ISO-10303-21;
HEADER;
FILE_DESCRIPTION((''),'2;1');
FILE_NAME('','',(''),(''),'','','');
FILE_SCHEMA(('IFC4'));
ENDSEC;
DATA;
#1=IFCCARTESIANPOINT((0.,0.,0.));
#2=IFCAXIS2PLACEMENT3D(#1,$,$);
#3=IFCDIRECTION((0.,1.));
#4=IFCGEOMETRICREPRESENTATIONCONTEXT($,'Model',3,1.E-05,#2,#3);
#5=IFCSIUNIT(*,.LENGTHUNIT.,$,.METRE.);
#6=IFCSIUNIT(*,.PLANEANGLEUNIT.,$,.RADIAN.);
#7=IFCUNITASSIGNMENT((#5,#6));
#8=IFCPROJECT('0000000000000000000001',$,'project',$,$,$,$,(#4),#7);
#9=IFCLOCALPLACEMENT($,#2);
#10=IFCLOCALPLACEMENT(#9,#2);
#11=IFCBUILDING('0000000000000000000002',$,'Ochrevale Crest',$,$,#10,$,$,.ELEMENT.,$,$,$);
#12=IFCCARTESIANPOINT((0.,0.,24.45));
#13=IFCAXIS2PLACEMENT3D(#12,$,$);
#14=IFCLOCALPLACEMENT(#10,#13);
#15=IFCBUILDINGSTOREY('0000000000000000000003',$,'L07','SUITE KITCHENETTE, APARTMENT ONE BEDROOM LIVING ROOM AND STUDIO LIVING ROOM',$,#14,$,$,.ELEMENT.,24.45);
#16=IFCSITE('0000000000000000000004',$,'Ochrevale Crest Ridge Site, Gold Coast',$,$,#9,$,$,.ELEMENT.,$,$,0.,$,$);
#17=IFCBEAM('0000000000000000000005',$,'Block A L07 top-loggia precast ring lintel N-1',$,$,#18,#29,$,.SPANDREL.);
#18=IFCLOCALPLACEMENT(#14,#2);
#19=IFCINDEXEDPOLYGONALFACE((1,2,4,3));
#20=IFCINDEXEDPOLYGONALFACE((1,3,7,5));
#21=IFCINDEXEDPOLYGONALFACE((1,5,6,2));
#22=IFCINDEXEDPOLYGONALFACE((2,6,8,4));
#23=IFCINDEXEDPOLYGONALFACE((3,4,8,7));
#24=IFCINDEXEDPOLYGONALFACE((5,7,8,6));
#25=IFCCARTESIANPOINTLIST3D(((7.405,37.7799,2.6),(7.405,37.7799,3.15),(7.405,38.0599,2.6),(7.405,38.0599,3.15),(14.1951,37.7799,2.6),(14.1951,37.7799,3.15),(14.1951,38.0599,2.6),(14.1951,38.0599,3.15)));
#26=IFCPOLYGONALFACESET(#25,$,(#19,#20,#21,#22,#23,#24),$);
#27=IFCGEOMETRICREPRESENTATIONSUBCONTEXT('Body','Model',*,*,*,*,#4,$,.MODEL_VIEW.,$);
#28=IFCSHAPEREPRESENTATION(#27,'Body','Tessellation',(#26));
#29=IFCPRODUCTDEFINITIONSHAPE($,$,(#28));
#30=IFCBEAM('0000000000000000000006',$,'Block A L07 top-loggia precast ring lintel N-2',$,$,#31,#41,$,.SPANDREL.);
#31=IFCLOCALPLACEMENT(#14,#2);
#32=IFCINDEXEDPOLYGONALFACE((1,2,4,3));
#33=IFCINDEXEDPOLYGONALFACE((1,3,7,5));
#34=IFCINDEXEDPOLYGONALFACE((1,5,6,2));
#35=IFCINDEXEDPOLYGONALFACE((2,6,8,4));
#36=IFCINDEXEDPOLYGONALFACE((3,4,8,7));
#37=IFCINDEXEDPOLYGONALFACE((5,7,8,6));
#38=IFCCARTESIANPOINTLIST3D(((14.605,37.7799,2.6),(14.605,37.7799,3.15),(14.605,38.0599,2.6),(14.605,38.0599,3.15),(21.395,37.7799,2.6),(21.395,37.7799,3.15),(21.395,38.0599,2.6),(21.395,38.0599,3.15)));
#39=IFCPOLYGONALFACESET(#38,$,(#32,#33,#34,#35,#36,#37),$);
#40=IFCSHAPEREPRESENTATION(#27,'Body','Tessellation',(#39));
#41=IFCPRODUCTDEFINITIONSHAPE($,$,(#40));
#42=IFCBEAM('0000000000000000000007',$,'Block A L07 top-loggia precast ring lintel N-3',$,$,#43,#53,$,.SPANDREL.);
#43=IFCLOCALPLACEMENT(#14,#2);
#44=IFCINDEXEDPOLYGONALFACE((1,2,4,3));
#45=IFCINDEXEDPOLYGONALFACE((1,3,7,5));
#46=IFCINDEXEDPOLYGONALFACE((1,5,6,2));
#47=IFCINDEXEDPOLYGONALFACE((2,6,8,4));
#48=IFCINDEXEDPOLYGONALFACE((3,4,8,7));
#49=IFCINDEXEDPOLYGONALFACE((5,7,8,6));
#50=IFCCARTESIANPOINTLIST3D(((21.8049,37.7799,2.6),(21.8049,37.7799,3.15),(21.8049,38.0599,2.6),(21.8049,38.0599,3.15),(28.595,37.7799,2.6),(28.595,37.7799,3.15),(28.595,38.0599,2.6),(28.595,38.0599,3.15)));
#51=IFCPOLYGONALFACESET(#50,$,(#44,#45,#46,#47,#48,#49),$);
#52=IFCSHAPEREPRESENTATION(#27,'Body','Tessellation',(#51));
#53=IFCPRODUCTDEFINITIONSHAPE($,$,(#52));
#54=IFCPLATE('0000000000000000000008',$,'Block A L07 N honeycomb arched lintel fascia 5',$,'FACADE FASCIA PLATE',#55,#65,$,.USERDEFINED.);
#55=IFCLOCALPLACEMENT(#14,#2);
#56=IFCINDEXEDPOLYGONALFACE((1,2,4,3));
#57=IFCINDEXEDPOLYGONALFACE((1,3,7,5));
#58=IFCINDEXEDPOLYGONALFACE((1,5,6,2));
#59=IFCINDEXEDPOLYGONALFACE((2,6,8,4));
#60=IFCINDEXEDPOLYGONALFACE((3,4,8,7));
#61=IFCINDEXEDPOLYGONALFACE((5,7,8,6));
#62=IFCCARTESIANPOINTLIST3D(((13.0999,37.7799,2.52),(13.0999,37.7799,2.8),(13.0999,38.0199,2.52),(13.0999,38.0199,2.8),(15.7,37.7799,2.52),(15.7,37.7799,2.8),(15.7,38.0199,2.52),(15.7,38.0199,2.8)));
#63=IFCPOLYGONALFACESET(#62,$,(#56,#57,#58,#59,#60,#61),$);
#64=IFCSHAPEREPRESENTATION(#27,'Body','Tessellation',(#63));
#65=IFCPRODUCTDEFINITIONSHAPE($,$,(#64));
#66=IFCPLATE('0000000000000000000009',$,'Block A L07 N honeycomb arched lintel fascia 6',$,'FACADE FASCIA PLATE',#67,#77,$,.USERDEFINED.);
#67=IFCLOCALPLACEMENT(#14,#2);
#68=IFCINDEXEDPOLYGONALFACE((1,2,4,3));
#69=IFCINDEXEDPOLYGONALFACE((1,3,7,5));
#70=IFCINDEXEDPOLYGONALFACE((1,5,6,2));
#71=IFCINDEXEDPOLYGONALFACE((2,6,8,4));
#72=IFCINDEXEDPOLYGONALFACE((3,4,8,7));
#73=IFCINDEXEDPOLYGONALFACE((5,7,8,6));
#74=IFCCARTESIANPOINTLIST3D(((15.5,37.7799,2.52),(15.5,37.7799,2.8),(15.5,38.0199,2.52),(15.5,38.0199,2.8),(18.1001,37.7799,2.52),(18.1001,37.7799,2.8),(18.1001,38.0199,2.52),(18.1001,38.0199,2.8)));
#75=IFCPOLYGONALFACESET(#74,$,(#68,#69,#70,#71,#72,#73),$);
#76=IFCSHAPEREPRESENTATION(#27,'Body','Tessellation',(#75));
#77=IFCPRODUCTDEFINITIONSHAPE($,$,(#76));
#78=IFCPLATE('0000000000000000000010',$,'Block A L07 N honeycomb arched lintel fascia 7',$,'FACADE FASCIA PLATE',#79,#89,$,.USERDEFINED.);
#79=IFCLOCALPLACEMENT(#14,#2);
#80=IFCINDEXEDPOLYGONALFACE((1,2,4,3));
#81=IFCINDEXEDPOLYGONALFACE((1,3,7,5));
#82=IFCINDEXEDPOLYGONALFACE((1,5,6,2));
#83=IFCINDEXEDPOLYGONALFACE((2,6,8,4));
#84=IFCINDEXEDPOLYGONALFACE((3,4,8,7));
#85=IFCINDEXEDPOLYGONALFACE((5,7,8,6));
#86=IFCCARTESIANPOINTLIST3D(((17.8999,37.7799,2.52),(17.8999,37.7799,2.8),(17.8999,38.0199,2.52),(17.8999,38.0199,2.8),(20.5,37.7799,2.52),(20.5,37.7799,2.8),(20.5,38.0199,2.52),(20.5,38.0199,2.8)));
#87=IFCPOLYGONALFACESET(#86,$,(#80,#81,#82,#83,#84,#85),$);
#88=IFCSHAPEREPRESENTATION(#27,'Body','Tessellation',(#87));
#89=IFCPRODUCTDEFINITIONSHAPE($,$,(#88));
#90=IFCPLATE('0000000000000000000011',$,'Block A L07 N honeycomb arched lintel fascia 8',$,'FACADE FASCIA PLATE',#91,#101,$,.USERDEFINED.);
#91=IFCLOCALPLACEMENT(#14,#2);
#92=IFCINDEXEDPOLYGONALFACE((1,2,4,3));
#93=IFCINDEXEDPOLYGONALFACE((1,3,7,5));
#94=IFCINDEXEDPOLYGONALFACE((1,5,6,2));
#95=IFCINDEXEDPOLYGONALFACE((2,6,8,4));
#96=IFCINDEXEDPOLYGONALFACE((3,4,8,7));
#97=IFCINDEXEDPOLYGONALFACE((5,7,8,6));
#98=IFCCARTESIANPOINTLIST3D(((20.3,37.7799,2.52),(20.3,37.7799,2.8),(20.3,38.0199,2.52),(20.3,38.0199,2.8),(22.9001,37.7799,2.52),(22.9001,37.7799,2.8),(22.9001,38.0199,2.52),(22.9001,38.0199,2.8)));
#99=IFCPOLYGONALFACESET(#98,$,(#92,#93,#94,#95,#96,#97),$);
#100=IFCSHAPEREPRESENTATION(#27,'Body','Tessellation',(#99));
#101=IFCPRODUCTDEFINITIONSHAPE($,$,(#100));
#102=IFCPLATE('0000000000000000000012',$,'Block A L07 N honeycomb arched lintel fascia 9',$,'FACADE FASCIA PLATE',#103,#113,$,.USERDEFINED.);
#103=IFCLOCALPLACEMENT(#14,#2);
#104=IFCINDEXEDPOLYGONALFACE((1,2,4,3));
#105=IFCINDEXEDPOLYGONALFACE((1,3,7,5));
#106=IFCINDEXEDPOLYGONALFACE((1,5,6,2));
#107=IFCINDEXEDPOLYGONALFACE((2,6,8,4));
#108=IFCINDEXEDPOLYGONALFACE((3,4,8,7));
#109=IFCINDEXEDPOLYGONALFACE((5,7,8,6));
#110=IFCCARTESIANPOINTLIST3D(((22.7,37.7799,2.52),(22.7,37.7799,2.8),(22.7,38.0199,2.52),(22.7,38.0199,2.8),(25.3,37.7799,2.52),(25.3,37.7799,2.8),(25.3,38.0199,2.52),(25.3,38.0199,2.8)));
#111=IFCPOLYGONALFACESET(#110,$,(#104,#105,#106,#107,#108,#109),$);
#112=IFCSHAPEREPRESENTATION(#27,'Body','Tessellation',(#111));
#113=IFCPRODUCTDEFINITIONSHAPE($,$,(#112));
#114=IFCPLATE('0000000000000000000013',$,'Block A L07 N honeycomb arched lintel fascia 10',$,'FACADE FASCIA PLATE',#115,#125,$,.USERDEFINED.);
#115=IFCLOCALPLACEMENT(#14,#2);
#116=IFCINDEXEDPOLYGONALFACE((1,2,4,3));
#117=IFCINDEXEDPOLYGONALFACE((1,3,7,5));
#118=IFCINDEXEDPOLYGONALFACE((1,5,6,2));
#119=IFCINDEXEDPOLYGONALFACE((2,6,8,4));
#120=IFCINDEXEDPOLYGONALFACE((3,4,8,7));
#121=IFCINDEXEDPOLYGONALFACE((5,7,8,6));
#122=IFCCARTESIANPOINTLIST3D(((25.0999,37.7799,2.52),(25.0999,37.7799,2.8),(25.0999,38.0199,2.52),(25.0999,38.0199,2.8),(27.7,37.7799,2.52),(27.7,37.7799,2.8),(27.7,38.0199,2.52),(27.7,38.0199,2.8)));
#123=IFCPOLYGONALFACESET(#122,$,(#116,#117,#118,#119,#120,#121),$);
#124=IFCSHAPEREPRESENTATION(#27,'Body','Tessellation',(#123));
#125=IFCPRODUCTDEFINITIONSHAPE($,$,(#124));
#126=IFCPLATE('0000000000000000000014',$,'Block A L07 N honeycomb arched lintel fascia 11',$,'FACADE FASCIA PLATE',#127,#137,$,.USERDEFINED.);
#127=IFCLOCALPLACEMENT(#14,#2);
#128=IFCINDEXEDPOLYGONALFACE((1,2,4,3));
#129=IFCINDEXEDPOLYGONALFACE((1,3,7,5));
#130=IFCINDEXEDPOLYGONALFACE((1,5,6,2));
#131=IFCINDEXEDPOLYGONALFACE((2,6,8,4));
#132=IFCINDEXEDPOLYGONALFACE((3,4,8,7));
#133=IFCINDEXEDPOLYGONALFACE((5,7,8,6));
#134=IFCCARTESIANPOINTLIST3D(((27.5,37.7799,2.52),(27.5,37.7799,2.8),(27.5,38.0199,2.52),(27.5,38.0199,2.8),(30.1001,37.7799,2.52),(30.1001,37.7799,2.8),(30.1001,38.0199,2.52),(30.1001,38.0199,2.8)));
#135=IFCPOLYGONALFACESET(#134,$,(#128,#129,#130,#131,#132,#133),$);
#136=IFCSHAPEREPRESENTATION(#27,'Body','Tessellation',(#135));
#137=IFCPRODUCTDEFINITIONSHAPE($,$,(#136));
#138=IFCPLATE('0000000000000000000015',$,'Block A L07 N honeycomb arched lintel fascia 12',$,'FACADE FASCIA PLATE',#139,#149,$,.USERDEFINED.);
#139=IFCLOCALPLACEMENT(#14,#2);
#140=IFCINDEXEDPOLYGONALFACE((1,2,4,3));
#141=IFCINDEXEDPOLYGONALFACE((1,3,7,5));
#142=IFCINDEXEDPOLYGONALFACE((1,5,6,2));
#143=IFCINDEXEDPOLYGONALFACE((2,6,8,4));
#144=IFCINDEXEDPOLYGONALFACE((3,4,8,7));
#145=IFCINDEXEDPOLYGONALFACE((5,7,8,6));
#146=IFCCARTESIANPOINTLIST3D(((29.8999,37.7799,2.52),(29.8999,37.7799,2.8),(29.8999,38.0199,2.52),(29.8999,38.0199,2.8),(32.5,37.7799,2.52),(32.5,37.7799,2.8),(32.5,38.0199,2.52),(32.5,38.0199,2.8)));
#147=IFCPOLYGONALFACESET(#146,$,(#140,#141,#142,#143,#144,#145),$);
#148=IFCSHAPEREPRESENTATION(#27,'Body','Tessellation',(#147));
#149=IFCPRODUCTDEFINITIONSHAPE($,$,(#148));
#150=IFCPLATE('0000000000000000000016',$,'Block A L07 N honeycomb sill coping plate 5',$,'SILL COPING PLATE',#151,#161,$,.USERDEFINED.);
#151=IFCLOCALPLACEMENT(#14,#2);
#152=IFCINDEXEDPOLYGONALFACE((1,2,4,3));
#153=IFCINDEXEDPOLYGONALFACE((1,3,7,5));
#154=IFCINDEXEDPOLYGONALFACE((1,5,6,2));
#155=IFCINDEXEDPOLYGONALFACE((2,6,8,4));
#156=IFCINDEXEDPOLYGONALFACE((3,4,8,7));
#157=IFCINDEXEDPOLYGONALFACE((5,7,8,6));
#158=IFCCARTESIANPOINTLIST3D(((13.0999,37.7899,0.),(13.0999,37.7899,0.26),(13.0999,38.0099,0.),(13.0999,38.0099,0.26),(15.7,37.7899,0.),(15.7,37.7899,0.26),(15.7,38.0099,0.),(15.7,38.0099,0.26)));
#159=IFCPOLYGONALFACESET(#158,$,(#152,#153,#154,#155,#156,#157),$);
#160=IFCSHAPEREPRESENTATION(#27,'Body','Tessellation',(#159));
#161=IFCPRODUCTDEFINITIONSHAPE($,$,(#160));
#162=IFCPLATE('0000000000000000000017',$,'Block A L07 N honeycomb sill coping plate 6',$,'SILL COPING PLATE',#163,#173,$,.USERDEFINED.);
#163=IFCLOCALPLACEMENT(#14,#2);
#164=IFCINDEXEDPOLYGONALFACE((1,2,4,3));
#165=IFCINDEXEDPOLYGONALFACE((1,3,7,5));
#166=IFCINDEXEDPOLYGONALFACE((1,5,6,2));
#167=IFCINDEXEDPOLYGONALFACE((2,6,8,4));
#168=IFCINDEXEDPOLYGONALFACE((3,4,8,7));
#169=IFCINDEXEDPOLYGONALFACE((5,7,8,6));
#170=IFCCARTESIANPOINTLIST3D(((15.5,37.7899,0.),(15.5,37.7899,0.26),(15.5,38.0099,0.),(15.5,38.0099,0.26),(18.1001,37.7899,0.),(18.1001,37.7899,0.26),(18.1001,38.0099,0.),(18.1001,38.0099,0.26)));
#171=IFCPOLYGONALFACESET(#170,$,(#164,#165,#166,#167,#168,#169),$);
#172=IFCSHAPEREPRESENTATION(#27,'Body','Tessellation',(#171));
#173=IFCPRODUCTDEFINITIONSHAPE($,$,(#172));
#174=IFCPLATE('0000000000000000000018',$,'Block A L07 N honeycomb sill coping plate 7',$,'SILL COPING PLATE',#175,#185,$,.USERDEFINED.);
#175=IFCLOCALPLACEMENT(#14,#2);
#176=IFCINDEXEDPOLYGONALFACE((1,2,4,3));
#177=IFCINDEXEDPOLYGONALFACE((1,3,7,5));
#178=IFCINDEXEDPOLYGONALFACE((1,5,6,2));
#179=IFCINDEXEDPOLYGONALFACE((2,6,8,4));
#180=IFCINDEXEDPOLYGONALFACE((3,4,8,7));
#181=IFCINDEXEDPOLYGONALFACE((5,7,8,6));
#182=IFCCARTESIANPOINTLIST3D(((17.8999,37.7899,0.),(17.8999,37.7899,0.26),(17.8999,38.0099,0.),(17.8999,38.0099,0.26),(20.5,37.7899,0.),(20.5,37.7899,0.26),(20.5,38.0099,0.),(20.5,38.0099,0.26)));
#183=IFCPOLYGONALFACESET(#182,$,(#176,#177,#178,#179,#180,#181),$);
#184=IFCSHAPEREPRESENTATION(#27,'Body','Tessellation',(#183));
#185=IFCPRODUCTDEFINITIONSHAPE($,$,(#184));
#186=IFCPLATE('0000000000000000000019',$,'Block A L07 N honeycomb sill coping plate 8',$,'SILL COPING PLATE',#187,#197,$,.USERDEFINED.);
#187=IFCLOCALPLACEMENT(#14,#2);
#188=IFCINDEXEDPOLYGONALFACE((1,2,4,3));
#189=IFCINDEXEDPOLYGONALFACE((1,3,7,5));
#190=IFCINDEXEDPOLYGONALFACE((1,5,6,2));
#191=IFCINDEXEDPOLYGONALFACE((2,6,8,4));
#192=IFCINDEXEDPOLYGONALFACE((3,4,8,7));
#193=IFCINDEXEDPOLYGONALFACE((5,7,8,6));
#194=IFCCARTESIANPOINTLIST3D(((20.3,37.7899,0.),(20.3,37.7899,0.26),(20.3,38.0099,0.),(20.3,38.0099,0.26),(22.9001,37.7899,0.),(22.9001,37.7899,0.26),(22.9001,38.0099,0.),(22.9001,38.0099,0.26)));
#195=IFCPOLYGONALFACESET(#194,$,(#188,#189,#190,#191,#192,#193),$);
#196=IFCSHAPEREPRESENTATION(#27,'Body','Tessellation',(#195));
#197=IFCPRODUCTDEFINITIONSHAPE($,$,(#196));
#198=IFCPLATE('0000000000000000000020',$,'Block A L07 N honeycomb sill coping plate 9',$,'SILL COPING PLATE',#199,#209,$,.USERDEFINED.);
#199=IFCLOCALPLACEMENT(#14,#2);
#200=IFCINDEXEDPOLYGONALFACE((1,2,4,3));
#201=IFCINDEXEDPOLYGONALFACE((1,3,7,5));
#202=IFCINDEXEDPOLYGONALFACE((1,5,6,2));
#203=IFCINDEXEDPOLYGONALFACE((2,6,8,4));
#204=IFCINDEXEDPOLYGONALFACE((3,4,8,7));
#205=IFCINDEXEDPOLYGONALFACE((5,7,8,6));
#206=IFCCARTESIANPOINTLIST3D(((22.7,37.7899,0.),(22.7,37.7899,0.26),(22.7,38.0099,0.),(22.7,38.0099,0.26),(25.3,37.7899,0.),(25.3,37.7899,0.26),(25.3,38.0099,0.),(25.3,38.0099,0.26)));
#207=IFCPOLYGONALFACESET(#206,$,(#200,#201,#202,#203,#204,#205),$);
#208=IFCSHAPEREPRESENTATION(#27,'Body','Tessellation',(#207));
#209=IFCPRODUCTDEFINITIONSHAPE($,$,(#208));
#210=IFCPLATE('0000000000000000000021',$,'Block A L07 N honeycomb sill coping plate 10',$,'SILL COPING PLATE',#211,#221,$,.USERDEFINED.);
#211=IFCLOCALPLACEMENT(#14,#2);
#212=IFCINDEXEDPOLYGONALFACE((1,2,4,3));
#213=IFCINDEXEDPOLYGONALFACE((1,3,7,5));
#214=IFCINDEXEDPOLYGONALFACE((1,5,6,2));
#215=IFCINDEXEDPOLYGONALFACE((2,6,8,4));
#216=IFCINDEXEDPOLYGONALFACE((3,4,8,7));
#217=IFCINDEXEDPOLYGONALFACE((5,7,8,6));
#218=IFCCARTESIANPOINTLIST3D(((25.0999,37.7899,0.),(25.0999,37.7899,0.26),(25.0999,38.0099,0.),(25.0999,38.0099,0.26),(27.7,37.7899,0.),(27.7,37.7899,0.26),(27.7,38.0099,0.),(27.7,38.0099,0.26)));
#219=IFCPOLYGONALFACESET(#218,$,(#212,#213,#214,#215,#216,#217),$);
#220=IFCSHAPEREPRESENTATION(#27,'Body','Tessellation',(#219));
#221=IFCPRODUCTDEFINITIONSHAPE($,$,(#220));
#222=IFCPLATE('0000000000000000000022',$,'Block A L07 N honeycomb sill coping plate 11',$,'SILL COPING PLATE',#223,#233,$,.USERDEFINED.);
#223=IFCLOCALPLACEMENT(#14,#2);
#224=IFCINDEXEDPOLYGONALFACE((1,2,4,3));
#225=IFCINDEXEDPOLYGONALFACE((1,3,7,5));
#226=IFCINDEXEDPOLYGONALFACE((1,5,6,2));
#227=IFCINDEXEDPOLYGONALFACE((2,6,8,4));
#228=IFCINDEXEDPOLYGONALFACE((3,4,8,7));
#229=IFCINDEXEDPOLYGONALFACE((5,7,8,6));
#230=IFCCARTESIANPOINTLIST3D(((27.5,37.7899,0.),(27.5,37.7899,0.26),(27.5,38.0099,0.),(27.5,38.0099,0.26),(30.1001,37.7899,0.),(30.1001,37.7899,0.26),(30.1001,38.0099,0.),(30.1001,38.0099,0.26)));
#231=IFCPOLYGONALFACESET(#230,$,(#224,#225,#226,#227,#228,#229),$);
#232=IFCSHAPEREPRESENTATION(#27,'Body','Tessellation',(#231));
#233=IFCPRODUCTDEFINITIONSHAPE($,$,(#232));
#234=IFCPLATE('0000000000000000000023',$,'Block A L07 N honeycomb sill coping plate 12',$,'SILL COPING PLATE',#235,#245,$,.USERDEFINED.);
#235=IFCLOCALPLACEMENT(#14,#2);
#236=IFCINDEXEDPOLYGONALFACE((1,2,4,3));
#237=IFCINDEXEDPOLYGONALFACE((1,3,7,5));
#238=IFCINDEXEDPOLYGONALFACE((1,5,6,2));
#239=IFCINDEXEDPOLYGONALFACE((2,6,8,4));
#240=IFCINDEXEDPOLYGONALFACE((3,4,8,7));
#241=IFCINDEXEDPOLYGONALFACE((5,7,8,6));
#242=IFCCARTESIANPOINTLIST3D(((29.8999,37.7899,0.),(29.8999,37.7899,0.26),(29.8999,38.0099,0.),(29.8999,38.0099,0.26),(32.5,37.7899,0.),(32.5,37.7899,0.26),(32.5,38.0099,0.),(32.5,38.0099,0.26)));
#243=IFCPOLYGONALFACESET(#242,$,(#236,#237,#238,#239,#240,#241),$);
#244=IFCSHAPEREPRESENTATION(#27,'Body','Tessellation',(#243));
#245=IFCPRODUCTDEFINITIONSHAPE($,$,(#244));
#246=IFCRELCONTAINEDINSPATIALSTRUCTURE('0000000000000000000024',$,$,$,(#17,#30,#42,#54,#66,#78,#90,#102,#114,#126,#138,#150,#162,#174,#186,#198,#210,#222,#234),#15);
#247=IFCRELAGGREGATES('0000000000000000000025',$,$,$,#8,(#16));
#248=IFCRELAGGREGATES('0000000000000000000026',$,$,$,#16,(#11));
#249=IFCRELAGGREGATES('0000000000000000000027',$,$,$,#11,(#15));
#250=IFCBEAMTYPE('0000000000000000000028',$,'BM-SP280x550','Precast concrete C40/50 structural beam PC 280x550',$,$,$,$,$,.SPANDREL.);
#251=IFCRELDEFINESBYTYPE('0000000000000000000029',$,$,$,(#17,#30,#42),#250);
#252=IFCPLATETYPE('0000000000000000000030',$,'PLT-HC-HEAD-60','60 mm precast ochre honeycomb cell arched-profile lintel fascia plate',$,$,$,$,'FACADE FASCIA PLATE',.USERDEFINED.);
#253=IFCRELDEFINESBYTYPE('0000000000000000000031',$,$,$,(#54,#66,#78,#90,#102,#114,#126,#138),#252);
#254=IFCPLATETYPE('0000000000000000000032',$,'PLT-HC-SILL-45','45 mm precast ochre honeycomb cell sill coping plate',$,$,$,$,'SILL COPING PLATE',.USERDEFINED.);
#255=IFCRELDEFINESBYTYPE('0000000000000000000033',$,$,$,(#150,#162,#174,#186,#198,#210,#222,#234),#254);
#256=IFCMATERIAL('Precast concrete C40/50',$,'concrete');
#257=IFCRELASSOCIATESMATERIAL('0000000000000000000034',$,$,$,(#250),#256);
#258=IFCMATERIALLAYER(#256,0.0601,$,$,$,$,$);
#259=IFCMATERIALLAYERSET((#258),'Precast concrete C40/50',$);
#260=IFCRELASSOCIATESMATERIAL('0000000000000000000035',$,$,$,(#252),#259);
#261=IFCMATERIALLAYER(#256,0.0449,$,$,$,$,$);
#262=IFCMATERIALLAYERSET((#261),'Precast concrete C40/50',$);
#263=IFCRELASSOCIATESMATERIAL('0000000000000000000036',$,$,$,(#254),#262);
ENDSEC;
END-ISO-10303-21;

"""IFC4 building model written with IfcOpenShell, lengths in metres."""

from ifc_helpers import new_model, si_unit, direction, frame, origin, origin_2d, place, context, subcontext, project, spatial, rectangle, extrude, material, layer, layer_set, material_profile, profile_set, type_object, element, save


model = new_model("IFC4")

# Units and contexts
model_context = context("Model", 3, precision=1e-05, world=origin(), true_north=direction((0.0, 1.0)))
body_context = subcontext(model_context, "Body", "Model", "MODEL_VIEW")
ifc_project = project(units=[si_unit("LENGTHUNIT", "METRE"), si_unit("PLANEANGLEUNIT", "RADIAN")], contexts=[model_context])

# Site, building, storey
site_placement = place(None, origin())
site = spatial("IfcSite", under=ifc_project, at=site_placement, Name="Ochrevale Crest Ridge Site, Gold Coast", CompositionType="ELEMENT", RefElevation=0.0)
building_placement = place(site_placement, origin())
building = spatial("IfcBuilding", under=site, at=building_placement, Name="Ochrevale Crest", CompositionType="ELEMENT")
storey_placement = place(building_placement, frame((0.0, 0.0, 24.45)))
storey = spatial("IfcBuildingStorey", under=building, at=storey_placement, Name="L07", Description="SUITE KITCHENETTE, APARTMENT ONE BEDROOM LIVING ROOM AND STUDIO LIVING ROOM", CompositionType="ELEMENT", Elevation=24.45)

# Beams
ifc_material_1 = material(Name="Precast concrete C40/50", Category="concrete")
ifc_material_profile = material_profile(ifc_material_1, rectangle(XDim=0.28, YDim=0.55, at=origin_2d()), Name="PC 280x550")
ifc_profile_set = profile_set([ifc_material_profile], Name="Precast concrete C40/50")
beam_type = type_object("IfcBeamType", Name="BM-SP280x550", Description="Precast concrete C40/50 structural beam PC 280x550", PredefinedType="SPANDREL", material=ifc_profile_set)
for number, where, z_axis, x_axis, name in (
    (1, (7.405, 37.9199, 2.875), (1.0, 0.0, 0.0), (0.0, 1.0, 0.0), "Block A L07 top-loggia precast ring lintel N-1"),
    (2, (14.605, 37.9199, 2.875), (1.0, 0.0, 0.0), (0.0, 1.0, 0.0), "Block A L07 top-loggia precast ring lintel N-2"),
    (3, (21.8049, 37.9199, 2.875), (1.0, 0.0, 0.0), (0.0, 1.0, 0.0), "Block A L07 top-loggia precast ring lintel N-3"),
):
    element("IfcBeam", number, at=place(storey_placement, frame(where, z_axis=z_axis, x_axis=x_axis)), inside=storey, type_object=beam_type, Name=name, PredefinedType="SPANDREL", context=body_context, shape_type="SweptSolid", body=[
        extrude(rectangle(XDim=0.28, YDim=0.55, at=origin_2d()), origin(), (0.0, 0.0, 1.0), 6.79),
    ])

# Plates
ifc_layer_1 = layer(ifc_material_1, 0.0601)
ifc_layer_set_1 = layer_set([ifc_layer_1], Name="Precast concrete C40/50")
plate_type_1 = type_object("IfcPlateType", Name="PLT-HC-HEAD-60", Description="60 mm precast ochre honeycomb cell arched-profile lintel fascia plate", ElementType="FACADE FASCIA PLATE", PredefinedType="USERDEFINED", material=ifc_layer_set_1)
for number, where, z_axis, x_axis, name in (
    (4, (14.3999, 37.8999, 2.52), (0.0, 0.0, 1.0), (1.0, 0.0, 0.0), "Block A L07 N honeycomb arched lintel fascia 5"),
    (5, (16.8, 37.8999, 2.52), (0.0, 0.0, 1.0), (1.0, 0.0, 0.0), "Block A L07 N honeycomb arched lintel fascia 6"),
    (6, (19.2, 37.8999, 2.52), (0.0, 0.0, 1.0), (1.0, 0.0, 0.0), "Block A L07 N honeycomb arched lintel fascia 7"),
    (7, (21.6001, 37.8999, 2.52), (0.0, 0.0, 1.0), (1.0, 0.0, 0.0), "Block A L07 N honeycomb arched lintel fascia 8"),
    (8, (24.0, 37.8999, 2.52), (0.0, 0.0, 1.0), (1.0, 0.0, 0.0), "Block A L07 N honeycomb arched lintel fascia 9"),
    (9, (26.3999, 37.8999, 2.52), (0.0, 0.0, 1.0), (1.0, 0.0, 0.0), "Block A L07 N honeycomb arched lintel fascia 10"),
    (10, (28.8, 37.8999, 2.52), (0.0, 0.0, 1.0), (1.0, 0.0, 0.0), "Block A L07 N honeycomb arched lintel fascia 11"),
    (11, (31.2, 37.8999, 2.52), (0.0, 0.0, 1.0), (1.0, 0.0, 0.0), "Block A L07 N honeycomb arched lintel fascia 12"),
):
    element("IfcPlate", number, at=place(storey_placement, frame(where, z_axis=z_axis, x_axis=x_axis)), inside=storey, type_object=plate_type_1, Name=name, ObjectType="FACADE FASCIA PLATE", PredefinedType="USERDEFINED", context=body_context, shape_type="SweptSolid", body=[
        extrude(rectangle(XDim=2.6001, YDim=0.24, at=origin_2d()), origin(), (0.0, 0.0, 1.0), 0.28),
    ])
ifc_layer_2 = layer(ifc_material_1, 0.0449)
ifc_layer_set_2 = layer_set([ifc_layer_2], Name="Precast concrete C40/50")
plate_type_2 = type_object("IfcPlateType", Name="PLT-HC-SILL-45", Description="45 mm precast ochre honeycomb cell sill coping plate", ElementType="SILL COPING PLATE", PredefinedType="USERDEFINED", material=ifc_layer_set_2)
for number, where, z_axis, x_axis, name in (
    (12, (14.3999, 37.8999, 0.0), (0.0, 0.0, 1.0), (1.0, 0.0, 0.0), "Block A L07 N honeycomb sill coping plate 5"),
    (13, (16.8, 37.8999, 0.0), (0.0, 0.0, 1.0), (1.0, 0.0, 0.0), "Block A L07 N honeycomb sill coping plate 6"),
    (14, (19.2, 37.8999, 0.0), (0.0, 0.0, 1.0), (1.0, 0.0, 0.0), "Block A L07 N honeycomb sill coping plate 7"),
    (15, (21.6001, 37.8999, 0.0), (0.0, 0.0, 1.0), (1.0, 0.0, 0.0), "Block A L07 N honeycomb sill coping plate 8"),
    (16, (24.0, 37.8999, 0.0), (0.0, 0.0, 1.0), (1.0, 0.0, 0.0), "Block A L07 N honeycomb sill coping plate 9"),
    (17, (26.3999, 37.8999, 0.0), (0.0, 0.0, 1.0), (1.0, 0.0, 0.0), "Block A L07 N honeycomb sill coping plate 10"),
    (18, (28.8, 37.8999, 0.0), (0.0, 0.0, 1.0), (1.0, 0.0, 0.0), "Block A L07 N honeycomb sill coping plate 11"),
    (19, (31.2, 37.8999, 0.0), (0.0, 0.0, 1.0), (1.0, 0.0, 0.0), "Block A L07 N honeycomb sill coping plate 12"),
):
    element("IfcPlate", number, at=place(storey_placement, frame(where, z_axis=z_axis, x_axis=x_axis)), inside=storey, type_object=plate_type_2, Name=name, ObjectType="SILL COPING PLATE", PredefinedType="USERDEFINED", context=body_context, shape_type="SweptSolid", body=[
        extrude(rectangle(XDim=2.6001, YDim=0.22, at=origin_2d()), origin(), (0.0, 0.0, 1.0), 0.26),
    ])

save(model, "model.ifc")
